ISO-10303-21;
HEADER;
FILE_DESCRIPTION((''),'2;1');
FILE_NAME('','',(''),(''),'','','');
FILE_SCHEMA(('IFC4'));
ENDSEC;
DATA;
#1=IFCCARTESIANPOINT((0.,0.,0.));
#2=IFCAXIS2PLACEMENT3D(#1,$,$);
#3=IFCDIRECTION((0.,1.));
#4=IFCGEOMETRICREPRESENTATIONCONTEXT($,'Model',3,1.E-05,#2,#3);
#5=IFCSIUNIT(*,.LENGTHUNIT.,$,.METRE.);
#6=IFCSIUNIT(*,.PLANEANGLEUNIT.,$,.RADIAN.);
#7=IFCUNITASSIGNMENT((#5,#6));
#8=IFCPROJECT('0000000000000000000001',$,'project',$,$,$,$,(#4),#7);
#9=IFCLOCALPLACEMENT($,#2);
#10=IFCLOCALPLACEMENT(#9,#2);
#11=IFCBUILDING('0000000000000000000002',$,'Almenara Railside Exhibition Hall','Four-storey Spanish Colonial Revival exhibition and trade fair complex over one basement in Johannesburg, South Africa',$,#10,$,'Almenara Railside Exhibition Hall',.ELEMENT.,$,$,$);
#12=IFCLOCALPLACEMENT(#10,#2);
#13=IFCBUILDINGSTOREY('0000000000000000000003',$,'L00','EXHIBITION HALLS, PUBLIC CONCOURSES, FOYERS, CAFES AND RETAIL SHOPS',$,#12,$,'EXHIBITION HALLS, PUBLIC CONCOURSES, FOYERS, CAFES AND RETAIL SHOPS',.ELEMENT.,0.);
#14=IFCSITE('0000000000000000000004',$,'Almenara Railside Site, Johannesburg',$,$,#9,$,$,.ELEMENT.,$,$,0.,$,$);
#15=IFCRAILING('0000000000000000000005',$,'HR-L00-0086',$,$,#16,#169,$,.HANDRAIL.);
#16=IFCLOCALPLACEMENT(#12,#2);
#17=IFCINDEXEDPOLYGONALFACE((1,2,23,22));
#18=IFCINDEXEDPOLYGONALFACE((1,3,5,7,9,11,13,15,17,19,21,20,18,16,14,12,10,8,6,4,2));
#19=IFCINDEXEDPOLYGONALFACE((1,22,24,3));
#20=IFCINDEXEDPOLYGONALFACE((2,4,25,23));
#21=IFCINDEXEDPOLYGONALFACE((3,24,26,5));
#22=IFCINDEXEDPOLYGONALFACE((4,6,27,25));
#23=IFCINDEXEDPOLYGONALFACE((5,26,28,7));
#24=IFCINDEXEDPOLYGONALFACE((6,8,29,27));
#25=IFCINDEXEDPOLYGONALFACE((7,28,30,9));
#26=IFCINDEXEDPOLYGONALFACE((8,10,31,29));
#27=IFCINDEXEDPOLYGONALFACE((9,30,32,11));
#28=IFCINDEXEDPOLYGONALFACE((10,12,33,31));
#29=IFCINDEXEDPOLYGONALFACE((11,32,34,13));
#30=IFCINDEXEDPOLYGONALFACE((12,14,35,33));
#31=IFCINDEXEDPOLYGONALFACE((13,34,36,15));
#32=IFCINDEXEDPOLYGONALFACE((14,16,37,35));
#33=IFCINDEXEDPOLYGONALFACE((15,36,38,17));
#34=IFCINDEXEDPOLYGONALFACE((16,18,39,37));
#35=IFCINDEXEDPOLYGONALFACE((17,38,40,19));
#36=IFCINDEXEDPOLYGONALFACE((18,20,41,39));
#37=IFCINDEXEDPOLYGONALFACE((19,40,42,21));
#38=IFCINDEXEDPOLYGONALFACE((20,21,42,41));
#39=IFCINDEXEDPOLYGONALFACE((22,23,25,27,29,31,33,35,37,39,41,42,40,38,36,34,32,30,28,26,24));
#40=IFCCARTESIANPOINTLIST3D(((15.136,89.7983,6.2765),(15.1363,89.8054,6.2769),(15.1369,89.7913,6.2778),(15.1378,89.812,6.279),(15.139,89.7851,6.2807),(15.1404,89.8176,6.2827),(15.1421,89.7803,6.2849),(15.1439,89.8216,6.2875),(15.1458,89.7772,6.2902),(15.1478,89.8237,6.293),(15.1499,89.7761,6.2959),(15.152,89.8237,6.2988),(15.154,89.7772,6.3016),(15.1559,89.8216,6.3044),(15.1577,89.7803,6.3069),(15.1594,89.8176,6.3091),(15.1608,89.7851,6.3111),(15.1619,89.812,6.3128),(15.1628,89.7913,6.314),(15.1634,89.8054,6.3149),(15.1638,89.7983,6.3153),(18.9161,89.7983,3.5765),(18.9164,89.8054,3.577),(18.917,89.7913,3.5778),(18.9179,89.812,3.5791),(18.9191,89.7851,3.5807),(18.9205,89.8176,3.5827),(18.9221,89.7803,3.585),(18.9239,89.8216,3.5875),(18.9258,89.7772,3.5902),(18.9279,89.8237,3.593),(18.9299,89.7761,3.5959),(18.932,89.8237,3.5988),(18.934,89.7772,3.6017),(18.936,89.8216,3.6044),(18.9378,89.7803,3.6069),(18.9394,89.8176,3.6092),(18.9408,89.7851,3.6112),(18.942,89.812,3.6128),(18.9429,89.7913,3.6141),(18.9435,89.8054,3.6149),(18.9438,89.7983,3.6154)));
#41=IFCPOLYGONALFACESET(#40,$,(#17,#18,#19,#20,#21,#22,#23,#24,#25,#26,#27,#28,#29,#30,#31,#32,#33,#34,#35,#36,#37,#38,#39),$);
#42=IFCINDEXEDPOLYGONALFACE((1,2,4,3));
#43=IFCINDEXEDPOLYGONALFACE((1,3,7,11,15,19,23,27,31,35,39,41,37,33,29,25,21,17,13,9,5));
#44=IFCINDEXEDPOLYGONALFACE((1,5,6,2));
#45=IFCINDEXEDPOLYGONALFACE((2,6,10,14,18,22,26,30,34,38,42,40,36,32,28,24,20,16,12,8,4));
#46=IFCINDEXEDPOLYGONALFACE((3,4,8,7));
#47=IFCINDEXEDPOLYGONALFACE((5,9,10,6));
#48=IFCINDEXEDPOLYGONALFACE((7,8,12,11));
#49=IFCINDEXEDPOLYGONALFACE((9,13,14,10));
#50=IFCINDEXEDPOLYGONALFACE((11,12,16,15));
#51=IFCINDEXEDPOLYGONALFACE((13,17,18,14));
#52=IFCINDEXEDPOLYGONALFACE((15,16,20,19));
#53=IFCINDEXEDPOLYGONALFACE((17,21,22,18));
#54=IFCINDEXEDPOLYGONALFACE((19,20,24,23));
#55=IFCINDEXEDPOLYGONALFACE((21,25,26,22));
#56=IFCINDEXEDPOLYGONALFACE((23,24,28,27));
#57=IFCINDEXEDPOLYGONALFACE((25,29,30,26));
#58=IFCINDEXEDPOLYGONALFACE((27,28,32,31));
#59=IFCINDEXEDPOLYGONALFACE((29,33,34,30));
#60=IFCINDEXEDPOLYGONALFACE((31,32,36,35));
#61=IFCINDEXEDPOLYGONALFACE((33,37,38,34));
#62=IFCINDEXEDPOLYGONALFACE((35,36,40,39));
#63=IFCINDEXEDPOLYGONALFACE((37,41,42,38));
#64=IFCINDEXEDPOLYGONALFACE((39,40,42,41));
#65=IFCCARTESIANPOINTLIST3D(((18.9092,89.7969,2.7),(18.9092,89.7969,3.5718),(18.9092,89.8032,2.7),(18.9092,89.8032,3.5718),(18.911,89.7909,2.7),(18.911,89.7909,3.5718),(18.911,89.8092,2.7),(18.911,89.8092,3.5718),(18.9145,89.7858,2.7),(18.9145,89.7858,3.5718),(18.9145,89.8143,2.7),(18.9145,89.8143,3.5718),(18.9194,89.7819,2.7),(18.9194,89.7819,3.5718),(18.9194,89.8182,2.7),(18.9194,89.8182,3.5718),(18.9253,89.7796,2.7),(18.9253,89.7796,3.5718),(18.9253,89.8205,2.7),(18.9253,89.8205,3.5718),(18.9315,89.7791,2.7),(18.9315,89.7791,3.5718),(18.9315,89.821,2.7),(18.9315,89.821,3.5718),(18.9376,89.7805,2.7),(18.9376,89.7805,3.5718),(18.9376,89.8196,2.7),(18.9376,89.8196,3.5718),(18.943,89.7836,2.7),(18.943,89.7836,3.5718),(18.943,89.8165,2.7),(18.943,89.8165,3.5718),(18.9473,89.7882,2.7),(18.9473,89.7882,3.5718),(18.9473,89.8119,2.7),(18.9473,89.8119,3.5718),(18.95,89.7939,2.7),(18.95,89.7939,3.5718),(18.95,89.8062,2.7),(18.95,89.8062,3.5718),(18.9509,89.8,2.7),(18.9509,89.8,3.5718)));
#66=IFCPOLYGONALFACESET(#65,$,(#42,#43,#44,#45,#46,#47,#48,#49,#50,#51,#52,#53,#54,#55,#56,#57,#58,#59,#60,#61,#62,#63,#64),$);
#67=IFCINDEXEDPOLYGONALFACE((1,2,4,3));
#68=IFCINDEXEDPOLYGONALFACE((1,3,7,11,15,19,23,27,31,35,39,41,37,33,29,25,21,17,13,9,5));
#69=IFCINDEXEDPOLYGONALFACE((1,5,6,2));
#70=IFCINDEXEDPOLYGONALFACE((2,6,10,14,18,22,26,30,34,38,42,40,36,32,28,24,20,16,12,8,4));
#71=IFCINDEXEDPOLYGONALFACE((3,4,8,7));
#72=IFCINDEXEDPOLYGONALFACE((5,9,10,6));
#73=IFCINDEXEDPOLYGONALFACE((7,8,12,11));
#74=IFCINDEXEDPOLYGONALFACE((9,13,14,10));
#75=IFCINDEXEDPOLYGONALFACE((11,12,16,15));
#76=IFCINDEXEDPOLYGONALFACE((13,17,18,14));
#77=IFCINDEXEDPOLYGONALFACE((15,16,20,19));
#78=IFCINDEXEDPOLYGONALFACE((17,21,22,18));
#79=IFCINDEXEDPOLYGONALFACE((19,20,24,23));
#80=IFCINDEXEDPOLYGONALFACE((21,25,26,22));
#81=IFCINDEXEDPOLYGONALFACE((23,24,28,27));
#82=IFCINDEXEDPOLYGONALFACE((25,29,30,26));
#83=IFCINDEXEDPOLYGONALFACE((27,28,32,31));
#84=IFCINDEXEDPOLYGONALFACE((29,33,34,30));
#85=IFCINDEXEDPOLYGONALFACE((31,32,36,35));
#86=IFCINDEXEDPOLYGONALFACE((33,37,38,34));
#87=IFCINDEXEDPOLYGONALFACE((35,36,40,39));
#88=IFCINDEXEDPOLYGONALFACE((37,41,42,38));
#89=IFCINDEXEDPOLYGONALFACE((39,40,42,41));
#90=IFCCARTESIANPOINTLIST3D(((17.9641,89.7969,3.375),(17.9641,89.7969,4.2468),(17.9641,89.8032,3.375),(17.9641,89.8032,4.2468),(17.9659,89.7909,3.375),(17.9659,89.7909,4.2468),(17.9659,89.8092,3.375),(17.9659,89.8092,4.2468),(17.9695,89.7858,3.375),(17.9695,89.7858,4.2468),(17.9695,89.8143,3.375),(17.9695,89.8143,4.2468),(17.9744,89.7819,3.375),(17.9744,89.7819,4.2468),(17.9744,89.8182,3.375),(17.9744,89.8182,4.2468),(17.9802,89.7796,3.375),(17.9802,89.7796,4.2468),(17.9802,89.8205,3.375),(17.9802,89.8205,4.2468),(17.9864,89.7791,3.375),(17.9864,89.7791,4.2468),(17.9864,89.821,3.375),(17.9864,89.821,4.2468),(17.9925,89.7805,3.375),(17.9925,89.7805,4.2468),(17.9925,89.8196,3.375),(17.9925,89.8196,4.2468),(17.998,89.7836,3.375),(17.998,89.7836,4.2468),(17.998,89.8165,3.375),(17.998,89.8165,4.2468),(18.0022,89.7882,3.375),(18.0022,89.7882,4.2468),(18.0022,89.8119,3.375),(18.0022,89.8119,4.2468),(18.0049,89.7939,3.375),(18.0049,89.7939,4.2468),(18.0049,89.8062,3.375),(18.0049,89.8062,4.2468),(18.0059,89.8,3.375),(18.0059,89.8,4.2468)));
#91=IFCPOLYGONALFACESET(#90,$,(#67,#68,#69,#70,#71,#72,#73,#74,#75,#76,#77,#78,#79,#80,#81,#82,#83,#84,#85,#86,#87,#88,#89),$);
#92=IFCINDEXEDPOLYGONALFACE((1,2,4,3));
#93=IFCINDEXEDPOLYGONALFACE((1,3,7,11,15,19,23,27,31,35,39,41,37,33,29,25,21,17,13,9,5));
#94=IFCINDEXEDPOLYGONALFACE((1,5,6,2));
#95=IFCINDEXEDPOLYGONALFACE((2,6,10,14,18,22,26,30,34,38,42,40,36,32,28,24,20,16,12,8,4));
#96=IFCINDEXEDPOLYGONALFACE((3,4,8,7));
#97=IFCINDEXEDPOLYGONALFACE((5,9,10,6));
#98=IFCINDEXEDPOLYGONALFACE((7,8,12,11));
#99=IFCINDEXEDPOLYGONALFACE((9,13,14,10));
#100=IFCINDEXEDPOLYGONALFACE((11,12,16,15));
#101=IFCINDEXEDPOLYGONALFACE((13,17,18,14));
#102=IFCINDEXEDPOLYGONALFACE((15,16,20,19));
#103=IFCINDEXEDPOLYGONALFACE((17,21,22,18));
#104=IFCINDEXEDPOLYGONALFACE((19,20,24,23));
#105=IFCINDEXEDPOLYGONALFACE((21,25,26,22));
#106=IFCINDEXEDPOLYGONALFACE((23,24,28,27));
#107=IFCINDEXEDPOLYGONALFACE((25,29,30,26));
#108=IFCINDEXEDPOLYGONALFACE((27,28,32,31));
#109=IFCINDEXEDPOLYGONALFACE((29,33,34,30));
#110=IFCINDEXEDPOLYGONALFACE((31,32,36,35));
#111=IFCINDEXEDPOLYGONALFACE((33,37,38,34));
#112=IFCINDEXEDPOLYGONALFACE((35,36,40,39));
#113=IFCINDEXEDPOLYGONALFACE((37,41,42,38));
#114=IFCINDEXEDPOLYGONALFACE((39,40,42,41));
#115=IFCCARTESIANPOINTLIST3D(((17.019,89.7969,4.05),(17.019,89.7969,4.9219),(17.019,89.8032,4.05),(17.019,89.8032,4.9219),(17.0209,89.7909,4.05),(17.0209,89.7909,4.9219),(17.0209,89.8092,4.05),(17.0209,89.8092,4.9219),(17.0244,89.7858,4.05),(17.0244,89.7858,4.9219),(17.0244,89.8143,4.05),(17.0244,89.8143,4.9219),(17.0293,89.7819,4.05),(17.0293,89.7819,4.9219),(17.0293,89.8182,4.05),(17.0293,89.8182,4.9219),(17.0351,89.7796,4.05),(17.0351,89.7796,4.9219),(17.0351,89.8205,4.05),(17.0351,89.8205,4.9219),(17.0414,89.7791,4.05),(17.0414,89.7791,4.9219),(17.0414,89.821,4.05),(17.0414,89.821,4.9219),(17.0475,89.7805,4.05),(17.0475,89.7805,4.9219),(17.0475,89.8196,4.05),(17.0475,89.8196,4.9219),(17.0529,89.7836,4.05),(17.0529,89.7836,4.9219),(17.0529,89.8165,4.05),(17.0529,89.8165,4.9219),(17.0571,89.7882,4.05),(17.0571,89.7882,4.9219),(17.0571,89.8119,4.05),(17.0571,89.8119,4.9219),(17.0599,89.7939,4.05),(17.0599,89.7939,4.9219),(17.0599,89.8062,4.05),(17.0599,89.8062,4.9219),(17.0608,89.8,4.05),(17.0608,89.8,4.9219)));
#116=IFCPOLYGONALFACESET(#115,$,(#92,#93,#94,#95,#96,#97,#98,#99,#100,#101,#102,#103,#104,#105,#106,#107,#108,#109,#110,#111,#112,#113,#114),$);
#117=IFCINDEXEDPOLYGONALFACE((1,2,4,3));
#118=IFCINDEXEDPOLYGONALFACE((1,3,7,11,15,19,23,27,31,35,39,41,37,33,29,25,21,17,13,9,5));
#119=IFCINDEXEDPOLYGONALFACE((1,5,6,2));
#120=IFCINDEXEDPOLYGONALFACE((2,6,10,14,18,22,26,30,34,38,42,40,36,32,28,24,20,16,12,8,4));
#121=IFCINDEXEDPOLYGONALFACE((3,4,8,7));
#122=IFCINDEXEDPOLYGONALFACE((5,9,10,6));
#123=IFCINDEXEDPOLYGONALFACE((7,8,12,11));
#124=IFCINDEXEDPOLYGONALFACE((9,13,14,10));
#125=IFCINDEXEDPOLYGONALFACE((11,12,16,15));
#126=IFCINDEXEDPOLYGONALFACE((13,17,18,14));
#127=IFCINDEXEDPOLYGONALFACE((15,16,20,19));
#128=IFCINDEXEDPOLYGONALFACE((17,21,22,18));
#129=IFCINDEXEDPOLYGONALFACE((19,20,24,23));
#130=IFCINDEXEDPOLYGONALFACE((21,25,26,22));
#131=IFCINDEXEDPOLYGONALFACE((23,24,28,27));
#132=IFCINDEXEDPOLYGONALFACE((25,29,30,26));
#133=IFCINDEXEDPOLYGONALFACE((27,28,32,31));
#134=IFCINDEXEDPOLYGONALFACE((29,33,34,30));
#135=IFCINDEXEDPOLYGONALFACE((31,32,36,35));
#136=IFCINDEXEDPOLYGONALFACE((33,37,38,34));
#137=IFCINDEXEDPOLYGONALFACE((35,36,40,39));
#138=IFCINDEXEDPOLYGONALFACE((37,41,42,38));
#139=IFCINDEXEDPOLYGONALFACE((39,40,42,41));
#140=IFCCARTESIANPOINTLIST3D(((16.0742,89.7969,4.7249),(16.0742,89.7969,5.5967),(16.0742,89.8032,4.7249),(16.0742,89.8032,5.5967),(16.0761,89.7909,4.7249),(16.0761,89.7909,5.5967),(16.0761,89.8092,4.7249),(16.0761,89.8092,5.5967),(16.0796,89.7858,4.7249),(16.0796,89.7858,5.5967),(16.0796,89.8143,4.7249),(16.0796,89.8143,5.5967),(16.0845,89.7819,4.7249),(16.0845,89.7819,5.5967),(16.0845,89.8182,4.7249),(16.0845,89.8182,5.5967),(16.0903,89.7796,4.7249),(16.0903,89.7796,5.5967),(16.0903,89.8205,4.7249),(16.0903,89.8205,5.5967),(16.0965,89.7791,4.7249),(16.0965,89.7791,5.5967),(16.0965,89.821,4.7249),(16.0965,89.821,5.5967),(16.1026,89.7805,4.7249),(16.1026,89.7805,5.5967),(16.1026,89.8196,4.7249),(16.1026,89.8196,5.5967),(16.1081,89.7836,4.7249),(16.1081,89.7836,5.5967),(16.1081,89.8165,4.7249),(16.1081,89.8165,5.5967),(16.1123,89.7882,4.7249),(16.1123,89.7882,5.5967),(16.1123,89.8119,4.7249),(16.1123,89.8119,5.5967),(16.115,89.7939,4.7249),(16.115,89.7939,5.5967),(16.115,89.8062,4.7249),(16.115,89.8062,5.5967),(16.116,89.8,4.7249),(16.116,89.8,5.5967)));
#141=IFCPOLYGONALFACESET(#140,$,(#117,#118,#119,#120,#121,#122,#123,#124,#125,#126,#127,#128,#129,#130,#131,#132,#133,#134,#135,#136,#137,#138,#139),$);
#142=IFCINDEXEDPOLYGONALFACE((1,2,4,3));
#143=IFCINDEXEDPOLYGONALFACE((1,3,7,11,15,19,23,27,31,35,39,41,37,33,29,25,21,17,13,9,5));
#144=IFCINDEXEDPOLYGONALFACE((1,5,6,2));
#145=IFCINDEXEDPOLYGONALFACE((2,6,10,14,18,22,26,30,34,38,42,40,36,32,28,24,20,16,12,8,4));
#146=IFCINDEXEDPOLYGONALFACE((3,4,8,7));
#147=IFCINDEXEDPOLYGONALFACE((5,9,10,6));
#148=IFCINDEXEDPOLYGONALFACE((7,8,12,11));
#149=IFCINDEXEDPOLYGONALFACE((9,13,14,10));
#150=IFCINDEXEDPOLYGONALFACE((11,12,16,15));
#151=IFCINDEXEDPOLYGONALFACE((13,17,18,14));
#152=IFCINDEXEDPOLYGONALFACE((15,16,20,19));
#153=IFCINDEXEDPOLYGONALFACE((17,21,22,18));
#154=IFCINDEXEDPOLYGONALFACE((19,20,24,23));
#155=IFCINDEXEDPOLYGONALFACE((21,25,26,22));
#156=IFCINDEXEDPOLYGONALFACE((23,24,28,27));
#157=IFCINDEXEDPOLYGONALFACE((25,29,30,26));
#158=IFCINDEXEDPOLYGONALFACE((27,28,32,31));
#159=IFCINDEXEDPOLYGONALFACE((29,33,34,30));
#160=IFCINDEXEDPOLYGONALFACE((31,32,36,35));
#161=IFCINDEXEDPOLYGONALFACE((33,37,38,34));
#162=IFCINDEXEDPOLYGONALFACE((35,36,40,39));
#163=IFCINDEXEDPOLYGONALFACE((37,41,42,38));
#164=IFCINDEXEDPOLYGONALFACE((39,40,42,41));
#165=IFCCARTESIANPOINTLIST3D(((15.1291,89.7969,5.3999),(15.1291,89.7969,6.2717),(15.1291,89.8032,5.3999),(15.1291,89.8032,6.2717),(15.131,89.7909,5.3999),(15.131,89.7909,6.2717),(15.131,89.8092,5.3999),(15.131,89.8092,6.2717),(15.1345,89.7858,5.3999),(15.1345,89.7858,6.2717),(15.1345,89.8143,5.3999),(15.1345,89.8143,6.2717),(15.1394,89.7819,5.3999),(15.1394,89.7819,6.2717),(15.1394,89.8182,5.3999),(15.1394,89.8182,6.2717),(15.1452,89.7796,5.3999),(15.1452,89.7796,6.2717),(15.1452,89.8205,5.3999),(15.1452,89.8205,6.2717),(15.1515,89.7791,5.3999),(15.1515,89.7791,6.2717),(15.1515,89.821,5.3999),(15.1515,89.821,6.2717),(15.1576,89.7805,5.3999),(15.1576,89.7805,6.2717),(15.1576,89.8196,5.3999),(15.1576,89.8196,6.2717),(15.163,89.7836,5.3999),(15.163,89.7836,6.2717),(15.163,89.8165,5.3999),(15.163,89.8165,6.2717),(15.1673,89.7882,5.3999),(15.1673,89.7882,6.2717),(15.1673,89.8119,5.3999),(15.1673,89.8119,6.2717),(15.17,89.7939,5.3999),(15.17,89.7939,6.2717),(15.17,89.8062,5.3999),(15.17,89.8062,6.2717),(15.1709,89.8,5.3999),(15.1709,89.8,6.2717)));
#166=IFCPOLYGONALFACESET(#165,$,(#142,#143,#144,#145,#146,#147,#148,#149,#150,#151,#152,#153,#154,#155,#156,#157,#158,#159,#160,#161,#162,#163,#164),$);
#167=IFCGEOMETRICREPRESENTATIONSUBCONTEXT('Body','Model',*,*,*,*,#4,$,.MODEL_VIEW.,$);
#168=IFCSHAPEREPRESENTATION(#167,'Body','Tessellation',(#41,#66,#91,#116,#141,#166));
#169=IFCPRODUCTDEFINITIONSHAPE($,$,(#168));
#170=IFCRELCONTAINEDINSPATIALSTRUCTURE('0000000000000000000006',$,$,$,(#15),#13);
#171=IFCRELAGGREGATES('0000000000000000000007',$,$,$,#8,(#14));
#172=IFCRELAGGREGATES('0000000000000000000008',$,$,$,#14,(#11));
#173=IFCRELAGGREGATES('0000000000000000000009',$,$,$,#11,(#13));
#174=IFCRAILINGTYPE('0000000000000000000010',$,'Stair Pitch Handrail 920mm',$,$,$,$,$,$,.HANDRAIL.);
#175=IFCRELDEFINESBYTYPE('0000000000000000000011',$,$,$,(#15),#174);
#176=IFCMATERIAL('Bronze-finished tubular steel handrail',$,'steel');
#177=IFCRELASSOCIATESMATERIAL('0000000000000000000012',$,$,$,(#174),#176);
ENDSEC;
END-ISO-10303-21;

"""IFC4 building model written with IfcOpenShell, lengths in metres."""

from ifc_helpers import new_model, si_unit, direction, frame, origin, origin_2d, place, context, subcontext, project, spatial, circle, extrude, material, type_object, element, save


model = new_model("IFC4")

# Units and contexts
model_context = context("Model", 3, precision=1e-05, world=origin(), true_north=direction((0.0, 1.0)))
body_context = subcontext(model_context, "Body", "Model", "MODEL_VIEW")
ifc_project = project(units=[si_unit("LENGTHUNIT", "METRE"), si_unit("PLANEANGLEUNIT", "RADIAN")], contexts=[model_context])

# Site, building, storey
site_placement = place(None, origin())
site = spatial("IfcSite", under=ifc_project, at=site_placement, Name="Almenara Railside Site, Johannesburg", CompositionType="ELEMENT", RefElevation=0.0)
building_placement = place(site_placement, origin())
building = spatial("IfcBuilding", under=site, at=building_placement, Name="Almenara Railside Exhibition Hall", Description="Four-storey Spanish Colonial Revival exhibition and trade fair complex over one basement in Johannesburg, South Africa", LongName="Almenara Railside Exhibition Hall", CompositionType="ELEMENT")
storey_placement = place(building_placement, origin())
storey = spatial("IfcBuildingStorey", under=building, at=storey_placement, Name="L00", Description="EXHIBITION HALLS, PUBLIC CONCOURSES, FOYERS, CAFES AND RETAIL SHOPS", LongName="EXHIBITION HALLS, PUBLIC CONCOURSES, FOYERS, CAFES AND RETAIL SHOPS", CompositionType="ELEMENT", Elevation=0.0)

# Railing
ifc_material_1 = material(Name="Bronze-finished tubular steel handrail", Category="steel")
railing_type_1 = type_object("IfcRailingType", Name="Stair Pitch Handrail 920mm", PredefinedType="HANDRAIL", material=ifc_material_1)
railing_1_placement = place(storey_placement, frame((18.9299, 89.8, 2.7)))
element("IfcRailing", 1, at=railing_1_placement, inside=storey, type_object=railing_type_1, Name="HR-L00-0086", PredefinedType="HANDRAIL", context=body_context, shape_type="SweptSolid", body=[
    extrude(circle(Radius=0.0239, at=origin_2d()), frame((0.0, 0.0, 0.896), z_axis=(-0.813741, 0.0, 0.581228), x_axis=(0.0, -1.0, 0.0)), (0.0, 0.0, 1.0), 4.6453),
    extrude(circle(Radius=0.021, at=origin_2d()), origin(), (0.0, 0.0, 1.0), 0.8718),
    extrude(circle(Radius=0.021, at=origin_2d()), frame((-0.9451, 0.0, 0.675)), (0.0, 0.0, 1.0), 0.8718),
    extrude(circle(Radius=0.021, at=origin_2d()), frame((-1.8901, 0.0, 1.3501)), (0.0, 0.0, 1.0), 0.8718),
    extrude(circle(Radius=0.021, at=origin_2d()), frame((-2.835, 0.0, 2.0249)), (0.0, 0.0, 1.0), 0.8718),
    extrude(circle(Radius=0.021, at=origin_2d()), frame((-3.78, 0.0, 2.7)), (0.0, 0.0, 1.0), 0.8718),
])

save(model, "model.ifc")
